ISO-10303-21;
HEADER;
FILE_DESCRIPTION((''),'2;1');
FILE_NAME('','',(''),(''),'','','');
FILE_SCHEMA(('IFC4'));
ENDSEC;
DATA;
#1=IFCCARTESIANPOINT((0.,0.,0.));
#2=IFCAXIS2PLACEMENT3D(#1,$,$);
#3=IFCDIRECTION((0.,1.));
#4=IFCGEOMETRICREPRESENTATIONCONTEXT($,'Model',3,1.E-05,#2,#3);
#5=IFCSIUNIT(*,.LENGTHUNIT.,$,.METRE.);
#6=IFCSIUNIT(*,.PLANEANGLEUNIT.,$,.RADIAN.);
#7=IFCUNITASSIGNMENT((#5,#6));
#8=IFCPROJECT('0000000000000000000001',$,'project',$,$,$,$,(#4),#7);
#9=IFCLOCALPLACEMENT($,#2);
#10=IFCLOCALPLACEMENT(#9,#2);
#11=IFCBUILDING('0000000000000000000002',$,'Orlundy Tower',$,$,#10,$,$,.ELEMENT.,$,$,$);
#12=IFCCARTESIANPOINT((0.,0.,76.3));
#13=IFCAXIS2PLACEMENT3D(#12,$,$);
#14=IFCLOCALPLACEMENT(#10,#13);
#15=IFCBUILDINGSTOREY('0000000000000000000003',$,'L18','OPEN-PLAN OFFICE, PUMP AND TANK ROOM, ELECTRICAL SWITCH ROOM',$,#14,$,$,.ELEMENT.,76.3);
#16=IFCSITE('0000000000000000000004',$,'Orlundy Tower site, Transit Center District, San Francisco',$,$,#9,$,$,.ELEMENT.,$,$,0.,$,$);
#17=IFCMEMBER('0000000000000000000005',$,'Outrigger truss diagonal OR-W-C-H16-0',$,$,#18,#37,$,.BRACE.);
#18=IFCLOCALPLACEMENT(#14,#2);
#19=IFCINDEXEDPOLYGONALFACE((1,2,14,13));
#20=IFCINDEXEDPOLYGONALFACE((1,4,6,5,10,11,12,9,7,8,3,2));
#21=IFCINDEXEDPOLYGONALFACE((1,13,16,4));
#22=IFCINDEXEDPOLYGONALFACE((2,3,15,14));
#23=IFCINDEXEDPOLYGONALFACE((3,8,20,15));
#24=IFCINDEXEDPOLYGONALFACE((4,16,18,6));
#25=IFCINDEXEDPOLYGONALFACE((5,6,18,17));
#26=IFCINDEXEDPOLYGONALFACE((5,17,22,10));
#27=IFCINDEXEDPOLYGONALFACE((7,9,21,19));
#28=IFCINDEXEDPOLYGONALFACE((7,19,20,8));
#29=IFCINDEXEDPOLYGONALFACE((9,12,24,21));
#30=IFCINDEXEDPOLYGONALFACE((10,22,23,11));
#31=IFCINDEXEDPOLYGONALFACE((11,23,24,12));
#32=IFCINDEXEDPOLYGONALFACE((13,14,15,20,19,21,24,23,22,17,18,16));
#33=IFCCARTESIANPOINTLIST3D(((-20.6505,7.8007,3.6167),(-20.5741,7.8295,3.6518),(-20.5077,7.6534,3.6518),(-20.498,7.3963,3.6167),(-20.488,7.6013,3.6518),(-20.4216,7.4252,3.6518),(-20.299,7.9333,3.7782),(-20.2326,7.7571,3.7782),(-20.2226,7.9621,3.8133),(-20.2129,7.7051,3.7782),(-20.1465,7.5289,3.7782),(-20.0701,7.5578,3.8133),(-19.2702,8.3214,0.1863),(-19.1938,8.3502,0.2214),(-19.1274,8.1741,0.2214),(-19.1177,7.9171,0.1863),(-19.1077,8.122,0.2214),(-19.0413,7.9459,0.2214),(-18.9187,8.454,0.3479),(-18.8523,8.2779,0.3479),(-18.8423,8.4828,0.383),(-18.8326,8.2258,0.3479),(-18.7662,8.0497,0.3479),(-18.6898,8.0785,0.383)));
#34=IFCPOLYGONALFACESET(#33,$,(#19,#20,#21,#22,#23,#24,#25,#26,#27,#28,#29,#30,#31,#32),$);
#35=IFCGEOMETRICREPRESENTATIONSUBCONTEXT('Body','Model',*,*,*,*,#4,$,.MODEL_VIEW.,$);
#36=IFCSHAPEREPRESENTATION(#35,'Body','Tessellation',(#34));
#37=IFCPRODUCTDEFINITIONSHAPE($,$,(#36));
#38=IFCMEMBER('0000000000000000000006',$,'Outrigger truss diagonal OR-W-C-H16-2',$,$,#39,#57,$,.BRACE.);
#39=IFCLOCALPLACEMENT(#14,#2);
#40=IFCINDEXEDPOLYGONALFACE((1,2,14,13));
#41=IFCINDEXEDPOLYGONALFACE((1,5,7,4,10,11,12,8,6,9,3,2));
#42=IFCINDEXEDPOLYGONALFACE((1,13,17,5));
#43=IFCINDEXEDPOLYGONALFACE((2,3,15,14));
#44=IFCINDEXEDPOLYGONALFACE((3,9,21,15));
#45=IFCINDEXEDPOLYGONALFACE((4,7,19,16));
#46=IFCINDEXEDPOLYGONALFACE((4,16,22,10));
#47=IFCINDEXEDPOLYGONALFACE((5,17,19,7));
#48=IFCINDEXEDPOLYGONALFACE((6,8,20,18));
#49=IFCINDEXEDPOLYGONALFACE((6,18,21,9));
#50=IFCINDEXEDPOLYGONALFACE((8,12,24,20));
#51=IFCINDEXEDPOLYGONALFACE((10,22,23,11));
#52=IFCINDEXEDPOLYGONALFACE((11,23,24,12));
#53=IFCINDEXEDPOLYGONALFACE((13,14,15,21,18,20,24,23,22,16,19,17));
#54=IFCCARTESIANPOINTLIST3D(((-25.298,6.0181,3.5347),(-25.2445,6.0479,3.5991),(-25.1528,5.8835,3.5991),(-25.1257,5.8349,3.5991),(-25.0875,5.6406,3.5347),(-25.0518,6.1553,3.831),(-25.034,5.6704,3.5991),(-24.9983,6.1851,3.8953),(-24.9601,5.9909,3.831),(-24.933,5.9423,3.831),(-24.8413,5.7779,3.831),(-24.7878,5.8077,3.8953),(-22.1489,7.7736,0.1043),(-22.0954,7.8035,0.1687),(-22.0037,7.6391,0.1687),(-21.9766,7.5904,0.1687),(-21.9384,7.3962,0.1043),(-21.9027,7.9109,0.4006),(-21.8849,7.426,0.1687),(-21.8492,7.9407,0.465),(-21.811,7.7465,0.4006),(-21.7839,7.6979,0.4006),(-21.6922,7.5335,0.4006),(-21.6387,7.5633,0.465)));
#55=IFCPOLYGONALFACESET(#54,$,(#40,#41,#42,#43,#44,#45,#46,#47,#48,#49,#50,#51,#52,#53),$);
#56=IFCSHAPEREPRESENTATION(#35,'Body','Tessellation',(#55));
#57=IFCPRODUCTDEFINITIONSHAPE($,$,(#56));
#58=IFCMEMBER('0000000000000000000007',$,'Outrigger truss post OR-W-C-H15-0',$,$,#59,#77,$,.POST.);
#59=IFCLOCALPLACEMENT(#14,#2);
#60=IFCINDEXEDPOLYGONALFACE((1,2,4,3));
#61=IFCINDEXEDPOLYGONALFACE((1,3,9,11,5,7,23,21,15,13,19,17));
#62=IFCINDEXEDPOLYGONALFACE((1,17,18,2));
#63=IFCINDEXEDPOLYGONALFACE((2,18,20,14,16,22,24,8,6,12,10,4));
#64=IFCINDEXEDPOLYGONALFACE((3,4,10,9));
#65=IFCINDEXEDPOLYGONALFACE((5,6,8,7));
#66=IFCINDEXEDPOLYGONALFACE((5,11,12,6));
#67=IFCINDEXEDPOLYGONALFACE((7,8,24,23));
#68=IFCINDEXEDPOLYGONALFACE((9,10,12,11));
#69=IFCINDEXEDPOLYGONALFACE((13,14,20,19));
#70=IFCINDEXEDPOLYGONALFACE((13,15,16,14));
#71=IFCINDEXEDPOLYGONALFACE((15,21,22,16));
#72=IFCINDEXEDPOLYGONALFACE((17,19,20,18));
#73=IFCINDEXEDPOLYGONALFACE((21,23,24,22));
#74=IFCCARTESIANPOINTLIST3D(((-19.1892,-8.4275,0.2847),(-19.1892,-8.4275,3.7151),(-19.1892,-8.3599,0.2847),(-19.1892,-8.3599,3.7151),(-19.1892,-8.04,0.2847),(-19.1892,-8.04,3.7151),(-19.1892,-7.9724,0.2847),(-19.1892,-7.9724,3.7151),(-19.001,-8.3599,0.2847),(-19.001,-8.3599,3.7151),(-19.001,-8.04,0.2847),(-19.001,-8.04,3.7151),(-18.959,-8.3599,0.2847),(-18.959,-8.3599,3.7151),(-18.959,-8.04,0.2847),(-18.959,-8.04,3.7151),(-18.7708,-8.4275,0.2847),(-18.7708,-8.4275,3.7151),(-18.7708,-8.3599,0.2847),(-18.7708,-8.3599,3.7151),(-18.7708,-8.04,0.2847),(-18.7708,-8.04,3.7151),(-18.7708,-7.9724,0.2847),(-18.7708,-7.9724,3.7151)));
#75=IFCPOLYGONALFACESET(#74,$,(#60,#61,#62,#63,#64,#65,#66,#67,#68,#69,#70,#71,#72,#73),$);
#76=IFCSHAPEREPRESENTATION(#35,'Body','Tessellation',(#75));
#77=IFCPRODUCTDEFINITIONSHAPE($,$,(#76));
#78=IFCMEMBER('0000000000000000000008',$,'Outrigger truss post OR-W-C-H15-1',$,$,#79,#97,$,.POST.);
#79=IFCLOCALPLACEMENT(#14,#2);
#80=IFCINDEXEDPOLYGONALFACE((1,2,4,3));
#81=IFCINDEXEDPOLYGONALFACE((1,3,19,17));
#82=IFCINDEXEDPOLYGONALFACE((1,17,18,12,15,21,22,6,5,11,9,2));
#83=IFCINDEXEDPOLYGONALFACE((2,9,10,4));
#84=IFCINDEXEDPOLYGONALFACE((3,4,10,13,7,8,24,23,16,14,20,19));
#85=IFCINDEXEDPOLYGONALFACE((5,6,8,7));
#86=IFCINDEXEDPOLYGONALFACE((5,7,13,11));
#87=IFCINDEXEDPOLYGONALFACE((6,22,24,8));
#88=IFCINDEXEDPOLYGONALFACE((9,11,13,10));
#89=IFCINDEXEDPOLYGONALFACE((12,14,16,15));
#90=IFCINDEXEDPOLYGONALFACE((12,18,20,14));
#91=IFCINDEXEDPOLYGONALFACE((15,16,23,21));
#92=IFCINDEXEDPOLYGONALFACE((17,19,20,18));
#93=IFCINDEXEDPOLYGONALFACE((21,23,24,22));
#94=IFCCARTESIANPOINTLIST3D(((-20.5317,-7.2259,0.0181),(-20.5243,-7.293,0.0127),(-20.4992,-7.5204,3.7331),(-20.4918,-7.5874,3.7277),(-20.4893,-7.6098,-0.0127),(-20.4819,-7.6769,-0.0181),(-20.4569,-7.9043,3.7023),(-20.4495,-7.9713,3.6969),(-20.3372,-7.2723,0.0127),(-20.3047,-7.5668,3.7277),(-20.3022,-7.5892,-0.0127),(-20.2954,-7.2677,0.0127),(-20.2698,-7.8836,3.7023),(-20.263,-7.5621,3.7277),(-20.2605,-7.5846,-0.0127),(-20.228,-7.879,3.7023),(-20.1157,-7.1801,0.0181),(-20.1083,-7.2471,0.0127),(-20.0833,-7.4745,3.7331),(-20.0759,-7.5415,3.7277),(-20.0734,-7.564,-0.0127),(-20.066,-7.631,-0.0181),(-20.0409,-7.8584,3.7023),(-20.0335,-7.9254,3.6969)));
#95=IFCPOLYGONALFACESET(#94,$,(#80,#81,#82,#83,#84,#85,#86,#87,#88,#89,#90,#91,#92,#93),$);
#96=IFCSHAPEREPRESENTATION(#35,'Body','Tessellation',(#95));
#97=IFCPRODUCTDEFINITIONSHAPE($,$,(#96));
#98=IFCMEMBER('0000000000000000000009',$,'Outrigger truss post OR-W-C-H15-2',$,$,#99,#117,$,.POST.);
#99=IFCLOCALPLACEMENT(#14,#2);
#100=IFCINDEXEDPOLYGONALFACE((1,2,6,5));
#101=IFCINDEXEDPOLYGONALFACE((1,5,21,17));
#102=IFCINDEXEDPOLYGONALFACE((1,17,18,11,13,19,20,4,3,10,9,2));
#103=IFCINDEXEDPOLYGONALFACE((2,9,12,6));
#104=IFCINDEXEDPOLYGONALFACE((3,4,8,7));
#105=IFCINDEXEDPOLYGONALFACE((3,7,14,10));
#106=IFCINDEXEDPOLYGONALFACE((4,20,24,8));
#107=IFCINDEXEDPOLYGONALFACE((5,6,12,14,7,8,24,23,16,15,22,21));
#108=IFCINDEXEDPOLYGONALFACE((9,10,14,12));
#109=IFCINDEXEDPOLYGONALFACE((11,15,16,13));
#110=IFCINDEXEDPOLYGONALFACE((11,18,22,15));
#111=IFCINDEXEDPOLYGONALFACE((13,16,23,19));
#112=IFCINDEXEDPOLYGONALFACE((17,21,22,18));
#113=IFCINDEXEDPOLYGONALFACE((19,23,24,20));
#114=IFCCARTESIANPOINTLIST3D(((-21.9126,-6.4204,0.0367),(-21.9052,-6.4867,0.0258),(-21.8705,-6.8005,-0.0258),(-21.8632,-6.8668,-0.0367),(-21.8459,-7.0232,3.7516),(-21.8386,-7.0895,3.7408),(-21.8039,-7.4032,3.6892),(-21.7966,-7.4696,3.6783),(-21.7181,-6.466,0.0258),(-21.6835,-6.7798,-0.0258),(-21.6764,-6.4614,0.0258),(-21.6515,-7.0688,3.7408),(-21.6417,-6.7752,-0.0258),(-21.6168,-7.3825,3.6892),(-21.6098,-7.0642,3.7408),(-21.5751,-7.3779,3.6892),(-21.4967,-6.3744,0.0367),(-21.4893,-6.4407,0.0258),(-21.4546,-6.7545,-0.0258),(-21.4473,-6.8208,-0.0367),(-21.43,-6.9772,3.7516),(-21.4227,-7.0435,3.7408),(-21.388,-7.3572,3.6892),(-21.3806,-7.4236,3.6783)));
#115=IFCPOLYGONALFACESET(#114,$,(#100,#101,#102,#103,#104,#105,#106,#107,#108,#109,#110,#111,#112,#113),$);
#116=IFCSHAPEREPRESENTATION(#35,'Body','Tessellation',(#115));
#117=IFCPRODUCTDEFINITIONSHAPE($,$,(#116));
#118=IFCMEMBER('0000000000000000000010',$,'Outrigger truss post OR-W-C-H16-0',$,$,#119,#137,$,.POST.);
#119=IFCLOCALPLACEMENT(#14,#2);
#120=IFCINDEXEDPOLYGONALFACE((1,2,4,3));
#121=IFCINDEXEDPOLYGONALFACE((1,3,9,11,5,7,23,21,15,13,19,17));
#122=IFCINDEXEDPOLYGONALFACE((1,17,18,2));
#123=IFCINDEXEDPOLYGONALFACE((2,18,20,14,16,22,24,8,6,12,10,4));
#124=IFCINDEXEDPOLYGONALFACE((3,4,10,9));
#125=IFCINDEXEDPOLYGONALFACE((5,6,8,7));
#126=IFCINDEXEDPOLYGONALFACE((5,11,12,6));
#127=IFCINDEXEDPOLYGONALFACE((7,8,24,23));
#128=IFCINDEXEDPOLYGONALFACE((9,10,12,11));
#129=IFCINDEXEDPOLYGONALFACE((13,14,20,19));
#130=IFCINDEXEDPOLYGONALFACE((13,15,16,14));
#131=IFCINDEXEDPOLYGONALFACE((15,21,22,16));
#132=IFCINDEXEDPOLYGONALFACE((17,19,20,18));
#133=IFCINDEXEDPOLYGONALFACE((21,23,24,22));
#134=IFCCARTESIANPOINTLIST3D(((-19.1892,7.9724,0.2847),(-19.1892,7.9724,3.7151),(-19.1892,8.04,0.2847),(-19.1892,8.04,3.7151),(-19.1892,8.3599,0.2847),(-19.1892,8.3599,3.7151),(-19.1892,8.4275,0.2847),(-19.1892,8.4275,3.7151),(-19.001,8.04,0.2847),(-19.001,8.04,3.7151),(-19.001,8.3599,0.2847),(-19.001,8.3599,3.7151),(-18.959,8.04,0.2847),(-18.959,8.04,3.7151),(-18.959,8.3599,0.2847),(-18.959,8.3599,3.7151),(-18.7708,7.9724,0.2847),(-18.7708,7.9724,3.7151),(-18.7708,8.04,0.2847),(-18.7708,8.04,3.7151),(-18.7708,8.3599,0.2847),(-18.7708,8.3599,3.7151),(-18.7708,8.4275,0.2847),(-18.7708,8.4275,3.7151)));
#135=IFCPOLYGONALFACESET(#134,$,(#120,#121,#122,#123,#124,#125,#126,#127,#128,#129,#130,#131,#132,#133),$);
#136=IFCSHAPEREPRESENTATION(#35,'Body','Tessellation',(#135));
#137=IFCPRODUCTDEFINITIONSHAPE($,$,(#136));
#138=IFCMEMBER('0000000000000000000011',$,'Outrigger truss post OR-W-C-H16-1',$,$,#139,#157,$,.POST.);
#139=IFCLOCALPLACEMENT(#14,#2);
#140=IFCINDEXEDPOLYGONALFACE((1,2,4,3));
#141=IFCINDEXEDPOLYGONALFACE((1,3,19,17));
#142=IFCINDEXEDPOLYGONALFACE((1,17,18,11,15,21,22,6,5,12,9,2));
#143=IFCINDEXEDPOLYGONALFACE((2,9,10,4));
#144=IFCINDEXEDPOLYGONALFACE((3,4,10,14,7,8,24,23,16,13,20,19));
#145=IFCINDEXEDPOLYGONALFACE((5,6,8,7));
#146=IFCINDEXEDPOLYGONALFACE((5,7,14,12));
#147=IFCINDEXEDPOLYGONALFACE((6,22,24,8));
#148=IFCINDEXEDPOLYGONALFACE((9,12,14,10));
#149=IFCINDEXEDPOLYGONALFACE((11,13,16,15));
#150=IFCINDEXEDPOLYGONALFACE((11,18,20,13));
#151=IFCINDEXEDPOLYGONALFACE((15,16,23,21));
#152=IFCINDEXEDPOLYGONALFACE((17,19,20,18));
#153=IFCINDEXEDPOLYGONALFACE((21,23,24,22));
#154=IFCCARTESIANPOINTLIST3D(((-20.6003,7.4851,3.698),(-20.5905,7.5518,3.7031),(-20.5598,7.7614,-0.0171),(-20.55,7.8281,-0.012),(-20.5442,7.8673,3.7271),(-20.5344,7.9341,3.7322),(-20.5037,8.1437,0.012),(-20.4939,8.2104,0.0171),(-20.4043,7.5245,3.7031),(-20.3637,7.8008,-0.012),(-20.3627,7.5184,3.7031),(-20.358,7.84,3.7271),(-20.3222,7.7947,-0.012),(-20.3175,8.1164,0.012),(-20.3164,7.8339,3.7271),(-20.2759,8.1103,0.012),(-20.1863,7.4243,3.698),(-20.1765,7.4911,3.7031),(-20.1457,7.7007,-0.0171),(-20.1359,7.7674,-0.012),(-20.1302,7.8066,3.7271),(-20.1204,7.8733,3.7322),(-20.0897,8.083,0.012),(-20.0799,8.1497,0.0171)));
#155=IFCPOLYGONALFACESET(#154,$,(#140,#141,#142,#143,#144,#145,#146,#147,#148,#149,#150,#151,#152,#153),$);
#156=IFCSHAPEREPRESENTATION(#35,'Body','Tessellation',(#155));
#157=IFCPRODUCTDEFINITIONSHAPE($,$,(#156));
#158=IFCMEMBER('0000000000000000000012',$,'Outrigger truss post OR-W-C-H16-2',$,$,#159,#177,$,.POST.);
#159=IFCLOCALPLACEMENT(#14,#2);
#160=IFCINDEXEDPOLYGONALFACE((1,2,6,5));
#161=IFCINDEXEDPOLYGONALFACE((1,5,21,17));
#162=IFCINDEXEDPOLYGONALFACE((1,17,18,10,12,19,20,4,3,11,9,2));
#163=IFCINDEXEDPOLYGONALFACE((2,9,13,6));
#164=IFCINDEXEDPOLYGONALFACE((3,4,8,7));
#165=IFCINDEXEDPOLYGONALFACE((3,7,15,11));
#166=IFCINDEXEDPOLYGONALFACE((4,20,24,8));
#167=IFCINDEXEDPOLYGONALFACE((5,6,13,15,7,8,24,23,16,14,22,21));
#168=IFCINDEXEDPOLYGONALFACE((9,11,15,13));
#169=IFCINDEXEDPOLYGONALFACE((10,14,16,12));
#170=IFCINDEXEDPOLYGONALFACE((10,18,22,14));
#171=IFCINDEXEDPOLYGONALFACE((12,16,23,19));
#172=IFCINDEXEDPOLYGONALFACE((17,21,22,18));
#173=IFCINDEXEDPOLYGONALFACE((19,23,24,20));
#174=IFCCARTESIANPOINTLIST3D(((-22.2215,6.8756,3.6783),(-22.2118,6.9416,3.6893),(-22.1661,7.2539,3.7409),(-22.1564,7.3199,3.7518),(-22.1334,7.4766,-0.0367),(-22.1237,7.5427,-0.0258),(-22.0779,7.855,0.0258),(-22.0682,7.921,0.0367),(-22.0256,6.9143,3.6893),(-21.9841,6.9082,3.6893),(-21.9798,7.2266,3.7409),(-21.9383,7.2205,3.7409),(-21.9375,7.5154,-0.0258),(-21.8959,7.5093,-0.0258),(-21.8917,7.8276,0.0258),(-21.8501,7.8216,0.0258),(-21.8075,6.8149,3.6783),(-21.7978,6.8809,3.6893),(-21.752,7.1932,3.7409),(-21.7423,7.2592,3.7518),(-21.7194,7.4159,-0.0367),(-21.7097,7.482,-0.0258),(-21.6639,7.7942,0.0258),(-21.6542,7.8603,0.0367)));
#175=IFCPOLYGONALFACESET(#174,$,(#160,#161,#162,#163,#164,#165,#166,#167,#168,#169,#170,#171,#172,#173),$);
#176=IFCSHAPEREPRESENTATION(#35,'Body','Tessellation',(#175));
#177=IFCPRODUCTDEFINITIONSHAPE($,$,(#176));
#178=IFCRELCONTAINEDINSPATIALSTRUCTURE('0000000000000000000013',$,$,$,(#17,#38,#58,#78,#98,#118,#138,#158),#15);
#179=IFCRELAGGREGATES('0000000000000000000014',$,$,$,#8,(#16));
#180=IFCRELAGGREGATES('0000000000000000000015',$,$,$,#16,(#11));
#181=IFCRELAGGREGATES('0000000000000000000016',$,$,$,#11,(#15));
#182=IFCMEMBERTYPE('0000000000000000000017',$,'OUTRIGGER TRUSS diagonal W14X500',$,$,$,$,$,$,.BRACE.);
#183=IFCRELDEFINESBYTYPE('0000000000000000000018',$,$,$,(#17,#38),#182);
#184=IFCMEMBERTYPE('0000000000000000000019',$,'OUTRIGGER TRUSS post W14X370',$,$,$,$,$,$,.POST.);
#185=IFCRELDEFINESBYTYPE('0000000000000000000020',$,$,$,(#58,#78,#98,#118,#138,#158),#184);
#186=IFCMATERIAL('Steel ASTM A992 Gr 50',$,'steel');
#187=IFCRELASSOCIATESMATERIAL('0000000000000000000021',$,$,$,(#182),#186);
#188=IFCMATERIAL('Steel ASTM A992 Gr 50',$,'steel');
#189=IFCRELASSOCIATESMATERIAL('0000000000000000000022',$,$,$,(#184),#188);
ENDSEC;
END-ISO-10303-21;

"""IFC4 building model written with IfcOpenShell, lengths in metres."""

from ifc_helpers import new_model, si_unit, direction, frame, origin, origin_2d, place, context, subcontext, project, spatial, i_section, extrude, material, material_profile, profile_set, type_object, element, save


model = new_model("IFC4")

# Units and contexts
model_context = context("Model", 3, precision=1e-05, world=origin(), true_north=direction((0.0, 1.0)))
body_context = subcontext(model_context, "Body", "Model", "MODEL_VIEW")
ifc_project = project(units=[si_unit("LENGTHUNIT", "METRE"), si_unit("PLANEANGLEUNIT", "RADIAN")], contexts=[model_context])

# Site, building, storey
site_placement = place(None, origin())
site = spatial("IfcSite", under=ifc_project, at=site_placement, Name="Orlundy Tower site, Transit Center District, San Francisco", CompositionType="ELEMENT", RefElevation=0.0)
building_placement = place(site_placement, origin())
building = spatial("IfcBuilding", under=site, at=building_placement, Name="Orlundy Tower", CompositionType="ELEMENT")
storey_placement = place(building_placement, frame((0.0, 0.0, 76.3)))
storey = spatial("IfcBuildingStorey", under=building, at=storey_placement, Name="L18", Description="OPEN-PLAN OFFICE, PUMP AND TANK ROOM, ELECTRICAL SWITCH ROOM", CompositionType="ELEMENT", Elevation=76.3)

# Members
ifc_material_1 = material(Name="Steel ASTM A992 Gr 50", Category="steel")
ifc_material_profile_1 = material_profile(ifc_material_1, i_section(OverallWidth=0.4321, OverallDepth=0.4978, WebThickness=0.0557, FlangeThickness=0.0889, at=origin_2d()), Name="W14X500")
ifc_profile_set_1 = profile_set([ifc_material_profile_1], Name="Steel ASTM A992 Gr 50")
member_type_1 = type_object("IfcMemberType", Name="OUTRIGGER TRUSS diagonal W14X500", PredefinedType="BRACE", material=ifc_profile_set_1)
member_1_placement = place(storey_placement, frame((-18.98, 8.2, 0.2847), z_axis=(-0.369655, -0.139454, 0.918645), x_axis=(0.352973, -0.935634, 0.0)))
element("IfcMember", 1, at=member_1_placement, inside=storey, type_object=member_type_1, Name="Outrigger truss diagonal OR-W-C-H16-0", PredefinedType="BRACE", context=body_context, shape_type="SweptSolid", body=[
    extrude(i_section(OverallWidth=0.4321, OverallDepth=0.4978, WebThickness=0.0557, FlangeThickness=0.0889, at=origin_2d()), origin(), (0.0, 0.0, 1.0), 3.7341),
])
member_2_placement = place(storey_placement, frame((-21.8938, 7.6685, 0.2847), z_axis=(-0.632787, -0.352769, 0.6893), x_axis=(0.48693, -0.873441, 0.0)))
element("IfcMember", 2, at=member_2_placement, inside=storey, type_object=member_type_1, Name="Outrigger truss diagonal OR-W-C-H16-2", PredefinedType="BRACE", context=body_context, shape_type="SweptSolid", body=[
    extrude(i_section(OverallWidth=0.4321, OverallDepth=0.4978, WebThickness=0.0557, FlangeThickness=0.0889, at=origin_2d()), origin(), (0.0, 0.0, 1.0), 4.9766),
])
ifc_material_2 = material(Name="Steel ASTM A992 Gr 50", Category="steel")
ifc_material_profile_2 = material_profile(ifc_material_2, i_section(OverallWidth=0.4185, OverallDepth=0.4551, WebThickness=0.042, FlangeThickness=0.0676, at=origin_2d()), Name="W14X370")
ifc_profile_set_2 = profile_set([ifc_material_profile_2], Name="Steel ASTM A992 Gr 50")
member_type_2 = type_object("IfcMemberType", Name="OUTRIGGER TRUSS post W14X370", PredefinedType="POST", material=ifc_profile_set_2)
member_3_placement = place(storey_placement, frame((-18.98, -8.2, 0.2847), z_axis=(0.0, 0.0, 1.0), x_axis=(1.0, 0.0, 0.0)))
element("IfcMember", 3, at=member_3_placement, inside=storey, type_object=member_type_2, Name="Outrigger truss post OR-W-C-H15-0", PredefinedType="POST", context=body_context, shape_type="SweptSolid", body=[
    extrude(i_section(OverallWidth=0.4185, OverallDepth=0.4551, WebThickness=0.042, FlangeThickness=0.0676, at=origin_2d()), origin(), (0.0, 0.0, 1.0), 3.4304),
])
member_4_placement = place(storey_placement, frame((-20.2988, -7.4285, 0.0), z_axis=(0.008713, -0.079003, 0.996836), x_axis=(0.993974, 0.109617, 0.0)))
element("IfcMember", 4, at=member_4_placement, inside=storey, type_object=member_type_2, Name="Outrigger truss post OR-W-C-H15-1", PredefinedType="POST", context=body_context, shape_type="SweptSolid", body=[
    extrude(i_section(OverallWidth=0.4185, OverallDepth=0.4551, WebThickness=0.042, FlangeThickness=0.0676, at=origin_2d()), origin(), (0.0, 0.0, 1.0), 3.7268),
])
member_5_placement = place(storey_placement, frame((-21.6799, -6.6206, 0.0), z_axis=(0.017706, -0.160133, 0.986937), x_axis=(0.993943, 0.109901, 0.0)))
element("IfcMember", 5, at=member_5_placement, inside=storey, type_object=member_type_2, Name="Outrigger truss post OR-W-C-H15-2", PredefinedType="POST", context=body_context, shape_type="SweptSolid", body=[
    extrude(i_section(OverallWidth=0.4185, OverallDepth=0.4551, WebThickness=0.042, FlangeThickness=0.0676, at=origin_2d()), origin(), (0.0, 0.0, 1.0), 3.7642),
])
member_6_placement = place(storey_placement, frame((-18.98, 8.2, 0.2847), z_axis=(0.0, 0.0, 1.0), x_axis=(1.0, 0.0, 0.0)))
element("IfcMember", 6, at=member_6_placement, inside=storey, type_object=member_type_2, Name="Outrigger truss post OR-W-C-H16-0", PredefinedType="POST", context=body_context, shape_type="SweptSolid", body=[
    extrude(i_section(OverallWidth=0.4185, OverallDepth=0.4551, WebThickness=0.042, FlangeThickness=0.0676, at=origin_2d()), origin(), (0.0, 0.0, 1.0), 3.4304),
])
member_7_placement = place(storey_placement, frame((-20.3198, 7.9556, 0.0), z_axis=(-0.010878, -0.074181, 0.997185), x_axis=(0.989418, -0.145091, 0.0)))
element("IfcMember", 7, at=member_7_placement, inside=storey, type_object=member_type_2, Name="Outrigger truss post OR-W-C-H16-1", PredefinedType="POST", context=body_context, shape_type="SweptSolid", body=[
    extrude(i_section(OverallWidth=0.4185, OverallDepth=0.4551, WebThickness=0.042, FlangeThickness=0.0676, at=origin_2d()), origin(), (0.0, 0.0, 1.0), 3.7256),
])
member_8_placement = place(storey_placement, frame((-21.8938, 7.6685, 0.0), z_axis=(-0.023413, -0.159672, 0.986892), x_axis=(0.98942, -0.145077, 0.0)))
element("IfcMember", 8, at=member_8_placement, inside=storey, type_object=member_type_2, Name="Outrigger truss post OR-W-C-H16-2", PredefinedType="POST", context=body_context, shape_type="SweptSolid", body=[
    extrude(i_section(OverallWidth=0.4185, OverallDepth=0.4551, WebThickness=0.042, FlangeThickness=0.0676, at=origin_2d()), origin(), (0.0, 0.0, 1.0), 3.7644),
])

save(model, "model.ifc")
